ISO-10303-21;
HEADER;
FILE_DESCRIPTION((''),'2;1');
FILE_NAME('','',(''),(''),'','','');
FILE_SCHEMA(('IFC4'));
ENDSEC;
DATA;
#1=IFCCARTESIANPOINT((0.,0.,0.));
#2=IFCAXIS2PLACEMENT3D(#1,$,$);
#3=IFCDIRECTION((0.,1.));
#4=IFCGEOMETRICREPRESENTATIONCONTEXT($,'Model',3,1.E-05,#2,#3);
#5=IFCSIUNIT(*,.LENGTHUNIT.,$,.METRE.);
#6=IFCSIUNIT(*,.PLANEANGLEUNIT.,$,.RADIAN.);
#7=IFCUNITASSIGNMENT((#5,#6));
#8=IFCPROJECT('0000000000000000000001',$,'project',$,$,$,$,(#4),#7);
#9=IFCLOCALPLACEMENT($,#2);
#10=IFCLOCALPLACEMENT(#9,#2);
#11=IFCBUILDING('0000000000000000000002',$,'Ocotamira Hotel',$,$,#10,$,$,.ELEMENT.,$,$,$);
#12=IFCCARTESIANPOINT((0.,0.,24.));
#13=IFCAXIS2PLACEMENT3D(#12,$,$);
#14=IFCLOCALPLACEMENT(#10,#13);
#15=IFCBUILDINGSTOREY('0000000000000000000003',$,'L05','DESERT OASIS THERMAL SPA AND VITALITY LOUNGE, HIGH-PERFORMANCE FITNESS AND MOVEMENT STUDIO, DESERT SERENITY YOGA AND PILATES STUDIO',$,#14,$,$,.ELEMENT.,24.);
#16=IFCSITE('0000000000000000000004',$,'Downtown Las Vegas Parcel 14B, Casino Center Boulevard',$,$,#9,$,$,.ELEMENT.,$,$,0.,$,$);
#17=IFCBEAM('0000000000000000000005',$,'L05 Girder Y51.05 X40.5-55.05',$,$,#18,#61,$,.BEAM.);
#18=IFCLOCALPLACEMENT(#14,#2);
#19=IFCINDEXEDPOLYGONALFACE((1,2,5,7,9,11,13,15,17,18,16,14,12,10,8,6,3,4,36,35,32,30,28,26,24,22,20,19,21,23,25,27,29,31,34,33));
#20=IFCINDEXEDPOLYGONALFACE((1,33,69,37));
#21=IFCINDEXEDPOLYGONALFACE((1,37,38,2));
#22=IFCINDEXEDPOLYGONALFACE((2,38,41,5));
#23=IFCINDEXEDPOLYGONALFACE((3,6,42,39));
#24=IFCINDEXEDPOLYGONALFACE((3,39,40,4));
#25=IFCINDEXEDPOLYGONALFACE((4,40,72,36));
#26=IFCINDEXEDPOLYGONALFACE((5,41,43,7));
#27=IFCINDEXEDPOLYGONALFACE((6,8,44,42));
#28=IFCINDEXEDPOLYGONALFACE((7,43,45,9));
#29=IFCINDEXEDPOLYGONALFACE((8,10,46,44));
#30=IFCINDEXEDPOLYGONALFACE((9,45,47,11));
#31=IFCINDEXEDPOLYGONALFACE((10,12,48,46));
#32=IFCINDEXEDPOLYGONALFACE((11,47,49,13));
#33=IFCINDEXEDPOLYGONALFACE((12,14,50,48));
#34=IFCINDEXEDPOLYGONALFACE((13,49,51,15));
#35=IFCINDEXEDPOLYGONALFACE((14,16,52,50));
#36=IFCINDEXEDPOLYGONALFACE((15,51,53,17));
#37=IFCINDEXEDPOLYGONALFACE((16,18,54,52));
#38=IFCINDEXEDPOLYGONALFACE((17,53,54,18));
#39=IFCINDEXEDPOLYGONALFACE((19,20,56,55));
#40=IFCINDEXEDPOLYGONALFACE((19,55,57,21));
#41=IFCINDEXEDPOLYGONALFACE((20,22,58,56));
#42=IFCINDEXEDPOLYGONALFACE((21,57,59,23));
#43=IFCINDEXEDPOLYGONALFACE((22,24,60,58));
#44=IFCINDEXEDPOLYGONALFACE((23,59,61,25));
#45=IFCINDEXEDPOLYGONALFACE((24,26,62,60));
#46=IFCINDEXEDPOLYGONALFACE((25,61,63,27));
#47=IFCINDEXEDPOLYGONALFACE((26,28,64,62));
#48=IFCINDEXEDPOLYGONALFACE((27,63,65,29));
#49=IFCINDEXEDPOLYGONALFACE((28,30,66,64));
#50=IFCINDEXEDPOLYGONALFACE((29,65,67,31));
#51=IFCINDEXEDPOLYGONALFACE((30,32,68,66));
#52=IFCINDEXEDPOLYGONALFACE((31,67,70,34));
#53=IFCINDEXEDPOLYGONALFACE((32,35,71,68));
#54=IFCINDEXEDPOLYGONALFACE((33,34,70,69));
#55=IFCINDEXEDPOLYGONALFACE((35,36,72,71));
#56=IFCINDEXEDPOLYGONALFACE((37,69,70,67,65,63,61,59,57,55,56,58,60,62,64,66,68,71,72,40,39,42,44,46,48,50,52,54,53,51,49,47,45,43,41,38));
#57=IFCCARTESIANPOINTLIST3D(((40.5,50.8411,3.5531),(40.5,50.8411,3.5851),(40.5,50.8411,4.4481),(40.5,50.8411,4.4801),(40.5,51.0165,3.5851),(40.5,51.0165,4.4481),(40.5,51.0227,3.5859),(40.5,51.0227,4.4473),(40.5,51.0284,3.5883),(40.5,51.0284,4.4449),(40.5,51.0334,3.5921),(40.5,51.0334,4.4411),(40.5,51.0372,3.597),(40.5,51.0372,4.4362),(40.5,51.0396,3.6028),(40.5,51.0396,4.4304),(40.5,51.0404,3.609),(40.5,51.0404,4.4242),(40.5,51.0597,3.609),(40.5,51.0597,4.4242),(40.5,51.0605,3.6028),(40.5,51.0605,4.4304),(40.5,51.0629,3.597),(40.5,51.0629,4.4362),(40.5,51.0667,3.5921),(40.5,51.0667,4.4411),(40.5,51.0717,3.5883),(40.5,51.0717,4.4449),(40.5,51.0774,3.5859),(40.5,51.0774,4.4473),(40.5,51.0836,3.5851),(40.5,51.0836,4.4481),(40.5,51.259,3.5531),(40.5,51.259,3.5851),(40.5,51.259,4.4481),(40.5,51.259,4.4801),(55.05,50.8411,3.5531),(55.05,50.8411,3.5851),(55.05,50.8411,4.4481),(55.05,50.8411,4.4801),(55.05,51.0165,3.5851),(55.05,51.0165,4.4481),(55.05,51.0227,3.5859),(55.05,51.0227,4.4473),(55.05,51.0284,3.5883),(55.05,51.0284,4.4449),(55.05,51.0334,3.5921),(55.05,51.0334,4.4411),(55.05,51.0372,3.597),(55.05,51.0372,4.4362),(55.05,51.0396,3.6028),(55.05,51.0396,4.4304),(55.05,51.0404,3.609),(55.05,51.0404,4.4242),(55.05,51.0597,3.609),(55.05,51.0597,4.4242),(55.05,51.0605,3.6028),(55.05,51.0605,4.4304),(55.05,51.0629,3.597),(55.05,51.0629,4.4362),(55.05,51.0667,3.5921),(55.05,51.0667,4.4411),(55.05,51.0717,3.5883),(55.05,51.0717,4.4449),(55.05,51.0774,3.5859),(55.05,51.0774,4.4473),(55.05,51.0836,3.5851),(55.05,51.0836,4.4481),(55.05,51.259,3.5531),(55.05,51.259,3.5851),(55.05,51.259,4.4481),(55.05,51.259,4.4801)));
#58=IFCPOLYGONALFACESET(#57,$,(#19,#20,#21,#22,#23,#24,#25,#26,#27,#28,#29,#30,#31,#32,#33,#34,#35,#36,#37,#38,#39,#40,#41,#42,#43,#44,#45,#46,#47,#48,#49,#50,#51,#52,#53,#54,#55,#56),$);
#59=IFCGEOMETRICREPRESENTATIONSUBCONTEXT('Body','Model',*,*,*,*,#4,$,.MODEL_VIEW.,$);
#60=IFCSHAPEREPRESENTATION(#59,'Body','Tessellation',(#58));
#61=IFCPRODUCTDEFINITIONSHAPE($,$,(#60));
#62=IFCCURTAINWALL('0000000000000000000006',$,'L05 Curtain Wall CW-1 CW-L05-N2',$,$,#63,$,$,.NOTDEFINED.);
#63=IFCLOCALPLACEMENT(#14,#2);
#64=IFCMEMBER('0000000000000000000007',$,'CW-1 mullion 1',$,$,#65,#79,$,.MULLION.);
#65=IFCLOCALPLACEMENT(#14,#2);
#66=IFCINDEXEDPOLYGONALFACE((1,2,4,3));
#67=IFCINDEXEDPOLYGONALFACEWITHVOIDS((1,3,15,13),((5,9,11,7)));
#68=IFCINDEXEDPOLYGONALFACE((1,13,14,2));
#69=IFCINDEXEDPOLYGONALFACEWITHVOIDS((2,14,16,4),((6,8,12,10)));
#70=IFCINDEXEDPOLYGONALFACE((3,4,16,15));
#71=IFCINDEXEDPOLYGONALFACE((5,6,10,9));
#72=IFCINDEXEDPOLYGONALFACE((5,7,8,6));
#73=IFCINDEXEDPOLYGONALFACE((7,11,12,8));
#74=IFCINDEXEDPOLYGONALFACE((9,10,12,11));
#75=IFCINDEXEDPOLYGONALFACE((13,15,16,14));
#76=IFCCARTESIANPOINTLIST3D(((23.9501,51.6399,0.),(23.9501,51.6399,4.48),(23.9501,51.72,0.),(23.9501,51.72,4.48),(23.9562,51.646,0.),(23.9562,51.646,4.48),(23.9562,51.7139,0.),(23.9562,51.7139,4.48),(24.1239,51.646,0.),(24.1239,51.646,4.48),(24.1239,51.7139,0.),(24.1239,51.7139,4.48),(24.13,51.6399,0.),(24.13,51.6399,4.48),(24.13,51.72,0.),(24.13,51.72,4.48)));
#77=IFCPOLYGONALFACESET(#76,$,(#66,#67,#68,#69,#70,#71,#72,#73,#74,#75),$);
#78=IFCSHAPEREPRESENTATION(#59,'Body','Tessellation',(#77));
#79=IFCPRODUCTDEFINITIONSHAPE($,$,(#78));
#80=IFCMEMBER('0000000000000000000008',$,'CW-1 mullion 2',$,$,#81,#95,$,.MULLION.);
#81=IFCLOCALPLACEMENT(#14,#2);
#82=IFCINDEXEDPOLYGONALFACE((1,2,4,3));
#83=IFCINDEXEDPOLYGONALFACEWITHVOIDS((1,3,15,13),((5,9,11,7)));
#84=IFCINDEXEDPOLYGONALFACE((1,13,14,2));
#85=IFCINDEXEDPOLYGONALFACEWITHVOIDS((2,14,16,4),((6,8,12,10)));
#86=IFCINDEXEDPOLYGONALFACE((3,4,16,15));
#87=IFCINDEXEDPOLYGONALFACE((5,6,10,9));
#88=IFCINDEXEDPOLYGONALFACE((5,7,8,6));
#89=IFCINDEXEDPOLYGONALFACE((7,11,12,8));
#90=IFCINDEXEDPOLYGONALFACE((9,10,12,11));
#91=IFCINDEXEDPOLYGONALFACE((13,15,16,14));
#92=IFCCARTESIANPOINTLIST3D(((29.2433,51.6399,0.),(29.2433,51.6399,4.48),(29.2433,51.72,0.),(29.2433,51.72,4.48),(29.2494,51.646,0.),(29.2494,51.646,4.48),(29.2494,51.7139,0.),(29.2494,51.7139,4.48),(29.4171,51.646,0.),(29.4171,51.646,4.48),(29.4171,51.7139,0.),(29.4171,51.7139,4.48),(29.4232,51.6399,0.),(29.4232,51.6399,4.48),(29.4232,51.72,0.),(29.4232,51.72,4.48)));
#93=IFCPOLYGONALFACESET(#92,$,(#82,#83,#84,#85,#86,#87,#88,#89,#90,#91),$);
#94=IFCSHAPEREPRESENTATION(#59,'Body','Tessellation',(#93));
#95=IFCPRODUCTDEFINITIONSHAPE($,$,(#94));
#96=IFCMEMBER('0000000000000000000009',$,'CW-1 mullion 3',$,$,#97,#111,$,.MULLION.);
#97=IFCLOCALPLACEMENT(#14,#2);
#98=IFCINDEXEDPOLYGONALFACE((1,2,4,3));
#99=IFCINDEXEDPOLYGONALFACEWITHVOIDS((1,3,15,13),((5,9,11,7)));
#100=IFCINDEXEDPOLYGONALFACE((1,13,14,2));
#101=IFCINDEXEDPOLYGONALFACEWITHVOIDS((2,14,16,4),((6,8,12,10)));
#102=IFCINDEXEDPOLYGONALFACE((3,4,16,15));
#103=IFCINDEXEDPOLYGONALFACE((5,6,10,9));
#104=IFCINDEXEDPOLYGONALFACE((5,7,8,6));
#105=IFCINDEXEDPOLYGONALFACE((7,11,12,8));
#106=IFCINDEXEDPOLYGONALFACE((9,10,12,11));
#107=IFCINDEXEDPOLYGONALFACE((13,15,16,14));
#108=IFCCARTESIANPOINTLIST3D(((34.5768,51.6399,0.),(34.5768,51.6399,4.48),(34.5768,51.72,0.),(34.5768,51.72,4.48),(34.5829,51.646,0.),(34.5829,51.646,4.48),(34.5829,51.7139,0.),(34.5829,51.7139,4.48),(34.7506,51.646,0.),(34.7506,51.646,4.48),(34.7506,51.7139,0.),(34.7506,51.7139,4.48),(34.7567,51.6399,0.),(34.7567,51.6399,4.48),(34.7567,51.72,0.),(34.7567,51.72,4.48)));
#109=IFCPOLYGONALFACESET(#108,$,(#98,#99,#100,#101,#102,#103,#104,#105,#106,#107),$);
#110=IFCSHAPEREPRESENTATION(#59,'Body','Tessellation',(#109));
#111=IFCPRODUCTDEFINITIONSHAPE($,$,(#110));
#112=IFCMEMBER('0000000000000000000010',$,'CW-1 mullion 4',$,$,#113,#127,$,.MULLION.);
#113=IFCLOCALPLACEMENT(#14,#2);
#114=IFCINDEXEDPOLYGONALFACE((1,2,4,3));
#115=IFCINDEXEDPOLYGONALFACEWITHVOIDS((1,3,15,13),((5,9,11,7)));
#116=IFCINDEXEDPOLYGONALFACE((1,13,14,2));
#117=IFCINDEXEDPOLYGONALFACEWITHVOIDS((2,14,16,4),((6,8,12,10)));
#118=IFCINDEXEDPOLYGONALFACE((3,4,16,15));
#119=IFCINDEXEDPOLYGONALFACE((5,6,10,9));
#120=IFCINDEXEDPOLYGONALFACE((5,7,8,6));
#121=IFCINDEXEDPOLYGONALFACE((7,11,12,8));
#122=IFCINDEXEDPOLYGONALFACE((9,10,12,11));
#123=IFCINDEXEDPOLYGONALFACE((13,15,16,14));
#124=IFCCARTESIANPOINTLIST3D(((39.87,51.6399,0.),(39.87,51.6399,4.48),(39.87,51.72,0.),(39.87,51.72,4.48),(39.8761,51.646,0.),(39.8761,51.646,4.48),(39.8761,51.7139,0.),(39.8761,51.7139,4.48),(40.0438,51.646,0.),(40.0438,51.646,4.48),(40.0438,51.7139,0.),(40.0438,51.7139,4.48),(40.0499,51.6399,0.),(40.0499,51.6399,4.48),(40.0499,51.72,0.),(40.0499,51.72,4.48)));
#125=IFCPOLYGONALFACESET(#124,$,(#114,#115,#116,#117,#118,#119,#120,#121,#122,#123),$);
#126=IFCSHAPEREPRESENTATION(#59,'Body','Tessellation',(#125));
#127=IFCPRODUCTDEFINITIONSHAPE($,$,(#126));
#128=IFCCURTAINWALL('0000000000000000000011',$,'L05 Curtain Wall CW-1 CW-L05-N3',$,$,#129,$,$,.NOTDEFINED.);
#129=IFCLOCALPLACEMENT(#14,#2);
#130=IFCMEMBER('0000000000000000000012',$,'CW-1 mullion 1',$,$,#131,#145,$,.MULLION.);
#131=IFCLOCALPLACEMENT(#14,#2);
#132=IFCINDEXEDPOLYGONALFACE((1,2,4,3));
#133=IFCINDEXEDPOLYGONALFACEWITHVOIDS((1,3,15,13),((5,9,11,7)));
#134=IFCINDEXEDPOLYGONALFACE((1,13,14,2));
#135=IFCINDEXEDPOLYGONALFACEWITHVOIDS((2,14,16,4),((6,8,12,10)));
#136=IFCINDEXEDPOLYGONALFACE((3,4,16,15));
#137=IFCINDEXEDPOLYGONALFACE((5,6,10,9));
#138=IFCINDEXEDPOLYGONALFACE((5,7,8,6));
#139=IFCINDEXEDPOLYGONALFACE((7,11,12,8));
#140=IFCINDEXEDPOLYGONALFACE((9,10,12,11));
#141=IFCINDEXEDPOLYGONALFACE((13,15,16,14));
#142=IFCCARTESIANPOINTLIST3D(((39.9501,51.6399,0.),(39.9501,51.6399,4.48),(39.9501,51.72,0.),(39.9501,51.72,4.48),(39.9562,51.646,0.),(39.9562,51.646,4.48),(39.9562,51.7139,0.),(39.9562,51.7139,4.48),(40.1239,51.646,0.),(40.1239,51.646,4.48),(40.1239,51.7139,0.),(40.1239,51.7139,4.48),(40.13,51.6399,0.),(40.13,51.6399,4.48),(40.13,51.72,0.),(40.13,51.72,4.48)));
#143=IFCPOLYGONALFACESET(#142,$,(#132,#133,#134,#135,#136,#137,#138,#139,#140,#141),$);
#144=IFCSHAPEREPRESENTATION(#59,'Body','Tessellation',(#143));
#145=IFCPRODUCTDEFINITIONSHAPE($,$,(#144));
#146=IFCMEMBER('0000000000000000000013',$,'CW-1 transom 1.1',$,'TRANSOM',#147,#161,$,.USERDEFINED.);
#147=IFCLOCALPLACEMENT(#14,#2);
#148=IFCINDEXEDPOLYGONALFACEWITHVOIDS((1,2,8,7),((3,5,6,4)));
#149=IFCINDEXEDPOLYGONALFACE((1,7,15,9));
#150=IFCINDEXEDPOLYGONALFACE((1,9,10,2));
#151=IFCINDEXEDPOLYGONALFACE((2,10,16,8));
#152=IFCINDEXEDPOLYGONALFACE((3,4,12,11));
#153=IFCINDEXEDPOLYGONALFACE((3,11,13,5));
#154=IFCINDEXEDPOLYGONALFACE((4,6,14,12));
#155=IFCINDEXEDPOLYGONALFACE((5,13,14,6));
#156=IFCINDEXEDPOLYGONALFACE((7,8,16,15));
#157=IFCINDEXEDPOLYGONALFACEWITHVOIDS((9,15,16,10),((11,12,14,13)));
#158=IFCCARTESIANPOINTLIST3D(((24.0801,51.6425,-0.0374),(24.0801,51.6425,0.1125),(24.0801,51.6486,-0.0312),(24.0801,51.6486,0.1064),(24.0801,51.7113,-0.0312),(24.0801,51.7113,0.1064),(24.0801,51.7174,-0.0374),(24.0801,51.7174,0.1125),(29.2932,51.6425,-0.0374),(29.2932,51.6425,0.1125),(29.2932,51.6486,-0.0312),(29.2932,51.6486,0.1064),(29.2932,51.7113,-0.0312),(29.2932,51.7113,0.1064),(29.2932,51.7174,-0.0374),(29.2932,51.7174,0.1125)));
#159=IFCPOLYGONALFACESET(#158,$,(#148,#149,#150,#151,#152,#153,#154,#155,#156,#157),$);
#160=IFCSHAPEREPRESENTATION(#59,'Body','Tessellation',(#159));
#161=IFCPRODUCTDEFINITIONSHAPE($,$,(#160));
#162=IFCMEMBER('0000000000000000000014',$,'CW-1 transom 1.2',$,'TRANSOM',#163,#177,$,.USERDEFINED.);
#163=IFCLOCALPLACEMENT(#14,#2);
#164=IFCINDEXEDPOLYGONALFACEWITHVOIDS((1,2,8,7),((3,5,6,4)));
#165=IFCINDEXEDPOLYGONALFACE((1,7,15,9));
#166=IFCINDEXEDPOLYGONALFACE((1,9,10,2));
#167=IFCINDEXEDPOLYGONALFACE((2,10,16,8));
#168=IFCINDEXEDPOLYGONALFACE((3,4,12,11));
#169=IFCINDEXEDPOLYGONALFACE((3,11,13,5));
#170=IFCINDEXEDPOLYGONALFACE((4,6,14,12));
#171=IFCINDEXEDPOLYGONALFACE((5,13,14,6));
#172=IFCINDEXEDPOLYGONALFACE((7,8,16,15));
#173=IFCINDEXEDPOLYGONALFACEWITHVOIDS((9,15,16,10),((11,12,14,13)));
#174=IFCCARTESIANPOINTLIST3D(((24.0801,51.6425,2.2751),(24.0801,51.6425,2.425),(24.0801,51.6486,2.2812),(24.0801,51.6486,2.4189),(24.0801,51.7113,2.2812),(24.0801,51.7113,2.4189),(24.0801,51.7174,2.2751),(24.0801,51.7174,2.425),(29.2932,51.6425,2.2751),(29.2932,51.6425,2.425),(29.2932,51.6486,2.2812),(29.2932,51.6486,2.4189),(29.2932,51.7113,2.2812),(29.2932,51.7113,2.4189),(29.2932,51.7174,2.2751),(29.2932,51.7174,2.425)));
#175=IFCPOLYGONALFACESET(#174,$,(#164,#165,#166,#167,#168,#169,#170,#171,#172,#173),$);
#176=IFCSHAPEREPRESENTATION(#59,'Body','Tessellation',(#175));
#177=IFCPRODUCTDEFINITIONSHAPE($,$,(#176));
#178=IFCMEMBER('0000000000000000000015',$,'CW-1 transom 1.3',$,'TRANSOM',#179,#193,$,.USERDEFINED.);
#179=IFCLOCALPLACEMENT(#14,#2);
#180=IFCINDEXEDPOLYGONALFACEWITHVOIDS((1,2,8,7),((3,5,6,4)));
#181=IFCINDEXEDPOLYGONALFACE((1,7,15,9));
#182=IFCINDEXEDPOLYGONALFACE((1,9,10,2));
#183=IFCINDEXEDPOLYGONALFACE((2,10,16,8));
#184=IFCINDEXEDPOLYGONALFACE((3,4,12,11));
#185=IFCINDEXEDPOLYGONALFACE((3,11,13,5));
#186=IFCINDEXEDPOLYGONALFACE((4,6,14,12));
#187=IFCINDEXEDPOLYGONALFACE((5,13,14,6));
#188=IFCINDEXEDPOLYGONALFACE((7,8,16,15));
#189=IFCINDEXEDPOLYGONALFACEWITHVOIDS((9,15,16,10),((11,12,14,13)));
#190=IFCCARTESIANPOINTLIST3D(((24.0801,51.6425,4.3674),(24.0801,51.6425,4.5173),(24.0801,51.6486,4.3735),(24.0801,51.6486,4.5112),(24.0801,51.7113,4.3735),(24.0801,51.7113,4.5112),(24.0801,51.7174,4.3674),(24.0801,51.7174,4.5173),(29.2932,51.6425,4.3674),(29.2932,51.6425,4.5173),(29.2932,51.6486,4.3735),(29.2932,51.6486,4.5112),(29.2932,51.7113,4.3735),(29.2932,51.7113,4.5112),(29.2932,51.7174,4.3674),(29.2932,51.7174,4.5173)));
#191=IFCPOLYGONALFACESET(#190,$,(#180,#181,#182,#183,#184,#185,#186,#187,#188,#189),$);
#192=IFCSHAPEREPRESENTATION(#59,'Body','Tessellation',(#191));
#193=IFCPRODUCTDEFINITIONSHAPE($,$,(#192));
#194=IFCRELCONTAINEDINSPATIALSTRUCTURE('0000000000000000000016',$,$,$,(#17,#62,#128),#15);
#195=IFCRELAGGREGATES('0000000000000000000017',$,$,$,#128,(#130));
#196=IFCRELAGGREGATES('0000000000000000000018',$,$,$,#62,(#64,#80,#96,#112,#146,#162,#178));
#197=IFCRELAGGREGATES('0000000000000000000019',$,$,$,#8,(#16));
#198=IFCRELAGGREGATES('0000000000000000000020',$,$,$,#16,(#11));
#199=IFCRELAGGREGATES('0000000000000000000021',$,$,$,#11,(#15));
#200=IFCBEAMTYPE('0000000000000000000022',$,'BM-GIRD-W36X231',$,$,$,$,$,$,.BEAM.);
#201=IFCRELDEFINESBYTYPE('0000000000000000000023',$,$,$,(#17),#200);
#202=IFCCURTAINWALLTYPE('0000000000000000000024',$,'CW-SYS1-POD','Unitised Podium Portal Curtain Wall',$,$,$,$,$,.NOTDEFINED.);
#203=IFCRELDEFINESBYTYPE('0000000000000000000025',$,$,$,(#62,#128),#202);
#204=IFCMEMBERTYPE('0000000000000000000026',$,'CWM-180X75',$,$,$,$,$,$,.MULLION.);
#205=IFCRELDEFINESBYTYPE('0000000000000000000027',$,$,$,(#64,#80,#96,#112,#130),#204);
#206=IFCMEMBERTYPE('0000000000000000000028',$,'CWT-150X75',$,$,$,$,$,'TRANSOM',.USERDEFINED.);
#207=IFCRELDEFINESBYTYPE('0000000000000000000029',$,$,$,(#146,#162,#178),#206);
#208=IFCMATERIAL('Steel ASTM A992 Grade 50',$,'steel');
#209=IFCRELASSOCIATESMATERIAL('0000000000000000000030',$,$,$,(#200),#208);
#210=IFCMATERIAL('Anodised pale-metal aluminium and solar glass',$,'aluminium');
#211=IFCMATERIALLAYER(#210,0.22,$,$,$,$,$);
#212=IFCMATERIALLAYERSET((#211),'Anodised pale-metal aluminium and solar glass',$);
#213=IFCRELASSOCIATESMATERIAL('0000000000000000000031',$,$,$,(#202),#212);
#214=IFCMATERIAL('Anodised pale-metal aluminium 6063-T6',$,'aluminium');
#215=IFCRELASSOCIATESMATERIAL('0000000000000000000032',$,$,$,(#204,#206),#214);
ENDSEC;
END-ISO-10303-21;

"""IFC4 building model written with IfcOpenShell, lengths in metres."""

from ifc_helpers import new_model, si_unit, direction, frame, origin, origin_2d, place, context, subcontext, project, spatial, hollow_rectangle, i_section, extrude, source, transform, mapped, material, layer, layer_set, material_profile, profile_set, type_object, element, aggregate, save


model = new_model("IFC4")

# Units and contexts
model_context = context("Model", 3, precision=1e-05, world=origin(), true_north=direction((0.0, 1.0)))
body_context = subcontext(model_context, "Body", "Model", "MODEL_VIEW")
ifc_project = project(units=[si_unit("LENGTHUNIT", "METRE"), si_unit("PLANEANGLEUNIT", "RADIAN")], contexts=[model_context])

# Site, building, storey
site_placement = place(None, origin())
site = spatial("IfcSite", under=ifc_project, at=site_placement, Name="Downtown Las Vegas Parcel 14B, Casino Center Boulevard", CompositionType="ELEMENT", RefElevation=0.0)
building_placement = place(site_placement, origin())
building = spatial("IfcBuilding", under=site, at=building_placement, Name="Ocotamira Hotel", CompositionType="ELEMENT")
storey_placement = place(building_placement, frame((0.0, 0.0, 24.0)))
storey = spatial("IfcBuildingStorey", under=building, at=storey_placement, Name="L05", Description="DESERT OASIS THERMAL SPA AND VITALITY LOUNGE, HIGH-PERFORMANCE FITNESS AND MOVEMENT STUDIO, DESERT SERENITY YOGA AND PILATES STUDIO", CompositionType="ELEMENT", Elevation=24.0)

# Beam
ifc_material_1 = material(Name="Steel ASTM A992 Grade 50", Category="steel")
ifc_material_profile_1 = material_profile(ifc_material_1, i_section(OverallWidth=0.418, OverallDepth=0.927, WebThickness=0.0193, FlangeThickness=0.032, FilletRadius=0.0239, at=origin_2d()), Name="W36X231")
ifc_profile_set_1 = profile_set([ifc_material_profile_1], Name="Steel ASTM A992 Grade 50")
beam_type = type_object("IfcBeamType", Name="BM-GIRD-W36X231", PredefinedType="BEAM", material=ifc_profile_set_1)
shared_shape_1 = source(origin(), body_context, "Body", "SweptSolid", [
    extrude(i_section(OverallWidth=0.418, OverallDepth=0.927, WebThickness=0.0193, FlangeThickness=0.032, FilletRadius=0.0239, at=origin_2d()), origin(), (0.0, 0.0, 1.0), 14.55),
])
beam_placement = place(storey_placement, frame((40.5, 51.05, 4.0166), z_axis=(1.0, 0.0, 0.0), x_axis=(0.0, 1.0, 0.0)))
element("IfcBeam", 1, at=beam_placement, inside=storey, type_object=beam_type, Name="L05 Girder Y51.05 X40.5-55.05", PredefinedType="BEAM", context=body_context, shape_type="MappedRepresentation", body=[
    mapped(shared_shape_1, transform((0.0, 0.0, 0.0), scale=1.0)),
])

# Curtain wall, members
ifc_material_2 = material(Name="Anodised pale-metal aluminium and solar glass", Category="aluminium")
ifc_layer_1 = layer(ifc_material_2, 0.22)
ifc_layer_set_1 = layer_set([ifc_layer_1], Name="Anodised pale-metal aluminium and solar glass")
curtain_wall_type = type_object("IfcCurtainWallType", Name="CW-SYS1-POD", Description="Unitised Podium Portal Curtain Wall", PredefinedType="NOTDEFINED", material=ifc_layer_set_1)
curtain_wall_1_placement = place(storey_placement, origin())
curtain_wall_1 = element("IfcCurtainWall", 2, at=curtain_wall_1_placement, inside=storey, type_object=curtain_wall_type, Name="L05 Curtain Wall CW-1 CW-L05-N2", PredefinedType="NOTDEFINED")
ifc_material_3 = material(Name="Anodised pale-metal aluminium 6063-T6", Category="aluminium")
ifc_material_profile_2 = material_profile(ifc_material_3, hollow_rectangle(XDim=0.0801, YDim=0.1799, WallThickness=0.0061, at=origin_2d()), Name="HSS180X80X6")
ifc_profile_set_2 = profile_set([ifc_material_profile_2], Name="Anodised pale-metal aluminium 6063-T6")
member_type_1 = type_object("IfcMemberType", Name="CWM-180X75", PredefinedType="MULLION", material=ifc_profile_set_2)
shared_shape_2 = source(origin(), body_context, "Body", "SweptSolid", [
    extrude(hollow_rectangle(XDim=0.0801, YDim=0.1799, WallThickness=0.0061, at=origin_2d()), origin(), (0.0, 0.0, 1.0), 4.48),
])
member_1_placement = place(storey_placement, frame((24.04, 51.6799, 0.0), z_axis=(0.0, 0.0, 1.0), x_axis=(0.0, 1.0, 0.0)))
member_1 = element("IfcMember", 3, at=member_1_placement, type_object=member_type_1, Name="CW-1 mullion 1", PredefinedType="MULLION", context=body_context, shape_type="MappedRepresentation", body=[
    mapped(shared_shape_2, transform((0.0, 0.0, 0.0), scale=1.0)),
])
member_2_placement = place(storey_placement, frame((29.3333, 51.6799, 0.0), z_axis=(0.0, 0.0, 1.0), x_axis=(0.0, 1.0, 0.0)))
member_2 = element("IfcMember", 4, at=member_2_placement, type_object=member_type_1, Name="CW-1 mullion 2", PredefinedType="MULLION", context=body_context, shape_type="MappedRepresentation", body=[
    mapped(shared_shape_2, transform((0.0, 0.0, 0.0), scale=1.0)),
])
member_3_placement = place(storey_placement, frame((34.6667, 51.6799, 0.0), z_axis=(0.0, 0.0, 1.0), x_axis=(0.0, 1.0, 0.0)))
member_3 = element("IfcMember", 5, at=member_3_placement, type_object=member_type_1, Name="CW-1 mullion 3", PredefinedType="MULLION", context=body_context, shape_type="MappedRepresentation", body=[
    mapped(shared_shape_2, transform((0.0, 0.0, 0.0), scale=1.0)),
])
member_4_placement = place(storey_placement, frame((39.96, 51.6799, 0.0), z_axis=(0.0, 0.0, 1.0), x_axis=(0.0, 1.0, 0.0)))
member_4 = element("IfcMember", 6, at=member_4_placement, type_object=member_type_1, Name="CW-1 mullion 4", PredefinedType="MULLION", context=body_context, shape_type="MappedRepresentation", body=[
    mapped(shared_shape_2, transform((0.0, 0.0, 0.0), scale=1.0)),
])

# Curtain wall, member
curtain_wall_2_placement = place(storey_placement, origin())
curtain_wall_2 = element("IfcCurtainWall", 7, at=curtain_wall_2_placement, inside=storey, type_object=curtain_wall_type, Name="L05 Curtain Wall CW-1 CW-L05-N3", PredefinedType="NOTDEFINED")
member_5_placement = place(storey_placement, frame((40.04, 51.6799, 0.0), z_axis=(0.0, 0.0, 1.0), x_axis=(0.0, 1.0, 0.0)))
member_5 = element("IfcMember", 8, at=member_5_placement, type_object=member_type_1, Name="CW-1 mullion 1", PredefinedType="MULLION", context=body_context, shape_type="MappedRepresentation", body=[
    mapped(shared_shape_2, transform((0.0, 0.0, 0.0), scale=1.0)),
])

# Members
ifc_material_profile_3 = material_profile(ifc_material_3, hollow_rectangle(XDim=0.075, YDim=0.1499, WallThickness=0.0061, at=origin_2d()), Name="HSS150X75X6")
ifc_profile_set_3 = profile_set([ifc_material_profile_3], Name="Anodised pale-metal aluminium 6063-T6")
member_type_2 = type_object("IfcMemberType", Name="CWT-150X75", ElementType="TRANSOM", PredefinedType="USERDEFINED", material=ifc_profile_set_3)
shared_shape_3 = source(origin(), body_context, "Body", "SweptSolid", [
    extrude(hollow_rectangle(XDim=0.075, YDim=0.1499, WallThickness=0.0061, at=origin_2d()), origin(), (0.0, 0.0, 1.0), 5.2131),
])
member_6_placement = place(storey_placement, frame((24.0801, 51.6799, 0.0376), z_axis=(1.0, 0.0, 0.0), x_axis=(0.0, 1.0, 0.0)))
member_6 = element("IfcMember", 9, at=member_6_placement, type_object=member_type_2, Name="CW-1 transom 1.1", ObjectType="TRANSOM", PredefinedType="USERDEFINED", context=body_context, shape_type="MappedRepresentation", body=[
    mapped(shared_shape_3, transform((0.0, 0.0, 0.0), scale=1.0)),
])
member_7_placement = place(storey_placement, frame((24.0801, 51.6799, 2.3501), z_axis=(1.0, 0.0, 0.0), x_axis=(0.0, 1.0, 0.0)))
member_7 = element("IfcMember", 10, at=member_7_placement, type_object=member_type_2, Name="CW-1 transom 1.2", ObjectType="TRANSOM", PredefinedType="USERDEFINED", context=body_context, shape_type="MappedRepresentation", body=[
    mapped(shared_shape_3, transform((0.0, 0.0, 0.0), scale=1.0)),
])
member_8_placement = place(storey_placement, frame((24.0801, 51.6799, 4.4424), z_axis=(1.0, 0.0, 0.0), x_axis=(0.0, 1.0, 0.0)))
member_8 = element("IfcMember", 11, at=member_8_placement, type_object=member_type_2, Name="CW-1 transom 1.3", ObjectType="TRANSOM", PredefinedType="USERDEFINED", context=body_context, shape_type="MappedRepresentation", body=[
    mapped(shared_shape_3, transform((0.0, 0.0, 0.0), scale=1.0)),
])

aggregate(curtain_wall_2, [member_5])
aggregate(curtain_wall_1, [member_1, member_2, member_3, member_4, member_6, member_7, member_8])

save(model, "model.ifc")
